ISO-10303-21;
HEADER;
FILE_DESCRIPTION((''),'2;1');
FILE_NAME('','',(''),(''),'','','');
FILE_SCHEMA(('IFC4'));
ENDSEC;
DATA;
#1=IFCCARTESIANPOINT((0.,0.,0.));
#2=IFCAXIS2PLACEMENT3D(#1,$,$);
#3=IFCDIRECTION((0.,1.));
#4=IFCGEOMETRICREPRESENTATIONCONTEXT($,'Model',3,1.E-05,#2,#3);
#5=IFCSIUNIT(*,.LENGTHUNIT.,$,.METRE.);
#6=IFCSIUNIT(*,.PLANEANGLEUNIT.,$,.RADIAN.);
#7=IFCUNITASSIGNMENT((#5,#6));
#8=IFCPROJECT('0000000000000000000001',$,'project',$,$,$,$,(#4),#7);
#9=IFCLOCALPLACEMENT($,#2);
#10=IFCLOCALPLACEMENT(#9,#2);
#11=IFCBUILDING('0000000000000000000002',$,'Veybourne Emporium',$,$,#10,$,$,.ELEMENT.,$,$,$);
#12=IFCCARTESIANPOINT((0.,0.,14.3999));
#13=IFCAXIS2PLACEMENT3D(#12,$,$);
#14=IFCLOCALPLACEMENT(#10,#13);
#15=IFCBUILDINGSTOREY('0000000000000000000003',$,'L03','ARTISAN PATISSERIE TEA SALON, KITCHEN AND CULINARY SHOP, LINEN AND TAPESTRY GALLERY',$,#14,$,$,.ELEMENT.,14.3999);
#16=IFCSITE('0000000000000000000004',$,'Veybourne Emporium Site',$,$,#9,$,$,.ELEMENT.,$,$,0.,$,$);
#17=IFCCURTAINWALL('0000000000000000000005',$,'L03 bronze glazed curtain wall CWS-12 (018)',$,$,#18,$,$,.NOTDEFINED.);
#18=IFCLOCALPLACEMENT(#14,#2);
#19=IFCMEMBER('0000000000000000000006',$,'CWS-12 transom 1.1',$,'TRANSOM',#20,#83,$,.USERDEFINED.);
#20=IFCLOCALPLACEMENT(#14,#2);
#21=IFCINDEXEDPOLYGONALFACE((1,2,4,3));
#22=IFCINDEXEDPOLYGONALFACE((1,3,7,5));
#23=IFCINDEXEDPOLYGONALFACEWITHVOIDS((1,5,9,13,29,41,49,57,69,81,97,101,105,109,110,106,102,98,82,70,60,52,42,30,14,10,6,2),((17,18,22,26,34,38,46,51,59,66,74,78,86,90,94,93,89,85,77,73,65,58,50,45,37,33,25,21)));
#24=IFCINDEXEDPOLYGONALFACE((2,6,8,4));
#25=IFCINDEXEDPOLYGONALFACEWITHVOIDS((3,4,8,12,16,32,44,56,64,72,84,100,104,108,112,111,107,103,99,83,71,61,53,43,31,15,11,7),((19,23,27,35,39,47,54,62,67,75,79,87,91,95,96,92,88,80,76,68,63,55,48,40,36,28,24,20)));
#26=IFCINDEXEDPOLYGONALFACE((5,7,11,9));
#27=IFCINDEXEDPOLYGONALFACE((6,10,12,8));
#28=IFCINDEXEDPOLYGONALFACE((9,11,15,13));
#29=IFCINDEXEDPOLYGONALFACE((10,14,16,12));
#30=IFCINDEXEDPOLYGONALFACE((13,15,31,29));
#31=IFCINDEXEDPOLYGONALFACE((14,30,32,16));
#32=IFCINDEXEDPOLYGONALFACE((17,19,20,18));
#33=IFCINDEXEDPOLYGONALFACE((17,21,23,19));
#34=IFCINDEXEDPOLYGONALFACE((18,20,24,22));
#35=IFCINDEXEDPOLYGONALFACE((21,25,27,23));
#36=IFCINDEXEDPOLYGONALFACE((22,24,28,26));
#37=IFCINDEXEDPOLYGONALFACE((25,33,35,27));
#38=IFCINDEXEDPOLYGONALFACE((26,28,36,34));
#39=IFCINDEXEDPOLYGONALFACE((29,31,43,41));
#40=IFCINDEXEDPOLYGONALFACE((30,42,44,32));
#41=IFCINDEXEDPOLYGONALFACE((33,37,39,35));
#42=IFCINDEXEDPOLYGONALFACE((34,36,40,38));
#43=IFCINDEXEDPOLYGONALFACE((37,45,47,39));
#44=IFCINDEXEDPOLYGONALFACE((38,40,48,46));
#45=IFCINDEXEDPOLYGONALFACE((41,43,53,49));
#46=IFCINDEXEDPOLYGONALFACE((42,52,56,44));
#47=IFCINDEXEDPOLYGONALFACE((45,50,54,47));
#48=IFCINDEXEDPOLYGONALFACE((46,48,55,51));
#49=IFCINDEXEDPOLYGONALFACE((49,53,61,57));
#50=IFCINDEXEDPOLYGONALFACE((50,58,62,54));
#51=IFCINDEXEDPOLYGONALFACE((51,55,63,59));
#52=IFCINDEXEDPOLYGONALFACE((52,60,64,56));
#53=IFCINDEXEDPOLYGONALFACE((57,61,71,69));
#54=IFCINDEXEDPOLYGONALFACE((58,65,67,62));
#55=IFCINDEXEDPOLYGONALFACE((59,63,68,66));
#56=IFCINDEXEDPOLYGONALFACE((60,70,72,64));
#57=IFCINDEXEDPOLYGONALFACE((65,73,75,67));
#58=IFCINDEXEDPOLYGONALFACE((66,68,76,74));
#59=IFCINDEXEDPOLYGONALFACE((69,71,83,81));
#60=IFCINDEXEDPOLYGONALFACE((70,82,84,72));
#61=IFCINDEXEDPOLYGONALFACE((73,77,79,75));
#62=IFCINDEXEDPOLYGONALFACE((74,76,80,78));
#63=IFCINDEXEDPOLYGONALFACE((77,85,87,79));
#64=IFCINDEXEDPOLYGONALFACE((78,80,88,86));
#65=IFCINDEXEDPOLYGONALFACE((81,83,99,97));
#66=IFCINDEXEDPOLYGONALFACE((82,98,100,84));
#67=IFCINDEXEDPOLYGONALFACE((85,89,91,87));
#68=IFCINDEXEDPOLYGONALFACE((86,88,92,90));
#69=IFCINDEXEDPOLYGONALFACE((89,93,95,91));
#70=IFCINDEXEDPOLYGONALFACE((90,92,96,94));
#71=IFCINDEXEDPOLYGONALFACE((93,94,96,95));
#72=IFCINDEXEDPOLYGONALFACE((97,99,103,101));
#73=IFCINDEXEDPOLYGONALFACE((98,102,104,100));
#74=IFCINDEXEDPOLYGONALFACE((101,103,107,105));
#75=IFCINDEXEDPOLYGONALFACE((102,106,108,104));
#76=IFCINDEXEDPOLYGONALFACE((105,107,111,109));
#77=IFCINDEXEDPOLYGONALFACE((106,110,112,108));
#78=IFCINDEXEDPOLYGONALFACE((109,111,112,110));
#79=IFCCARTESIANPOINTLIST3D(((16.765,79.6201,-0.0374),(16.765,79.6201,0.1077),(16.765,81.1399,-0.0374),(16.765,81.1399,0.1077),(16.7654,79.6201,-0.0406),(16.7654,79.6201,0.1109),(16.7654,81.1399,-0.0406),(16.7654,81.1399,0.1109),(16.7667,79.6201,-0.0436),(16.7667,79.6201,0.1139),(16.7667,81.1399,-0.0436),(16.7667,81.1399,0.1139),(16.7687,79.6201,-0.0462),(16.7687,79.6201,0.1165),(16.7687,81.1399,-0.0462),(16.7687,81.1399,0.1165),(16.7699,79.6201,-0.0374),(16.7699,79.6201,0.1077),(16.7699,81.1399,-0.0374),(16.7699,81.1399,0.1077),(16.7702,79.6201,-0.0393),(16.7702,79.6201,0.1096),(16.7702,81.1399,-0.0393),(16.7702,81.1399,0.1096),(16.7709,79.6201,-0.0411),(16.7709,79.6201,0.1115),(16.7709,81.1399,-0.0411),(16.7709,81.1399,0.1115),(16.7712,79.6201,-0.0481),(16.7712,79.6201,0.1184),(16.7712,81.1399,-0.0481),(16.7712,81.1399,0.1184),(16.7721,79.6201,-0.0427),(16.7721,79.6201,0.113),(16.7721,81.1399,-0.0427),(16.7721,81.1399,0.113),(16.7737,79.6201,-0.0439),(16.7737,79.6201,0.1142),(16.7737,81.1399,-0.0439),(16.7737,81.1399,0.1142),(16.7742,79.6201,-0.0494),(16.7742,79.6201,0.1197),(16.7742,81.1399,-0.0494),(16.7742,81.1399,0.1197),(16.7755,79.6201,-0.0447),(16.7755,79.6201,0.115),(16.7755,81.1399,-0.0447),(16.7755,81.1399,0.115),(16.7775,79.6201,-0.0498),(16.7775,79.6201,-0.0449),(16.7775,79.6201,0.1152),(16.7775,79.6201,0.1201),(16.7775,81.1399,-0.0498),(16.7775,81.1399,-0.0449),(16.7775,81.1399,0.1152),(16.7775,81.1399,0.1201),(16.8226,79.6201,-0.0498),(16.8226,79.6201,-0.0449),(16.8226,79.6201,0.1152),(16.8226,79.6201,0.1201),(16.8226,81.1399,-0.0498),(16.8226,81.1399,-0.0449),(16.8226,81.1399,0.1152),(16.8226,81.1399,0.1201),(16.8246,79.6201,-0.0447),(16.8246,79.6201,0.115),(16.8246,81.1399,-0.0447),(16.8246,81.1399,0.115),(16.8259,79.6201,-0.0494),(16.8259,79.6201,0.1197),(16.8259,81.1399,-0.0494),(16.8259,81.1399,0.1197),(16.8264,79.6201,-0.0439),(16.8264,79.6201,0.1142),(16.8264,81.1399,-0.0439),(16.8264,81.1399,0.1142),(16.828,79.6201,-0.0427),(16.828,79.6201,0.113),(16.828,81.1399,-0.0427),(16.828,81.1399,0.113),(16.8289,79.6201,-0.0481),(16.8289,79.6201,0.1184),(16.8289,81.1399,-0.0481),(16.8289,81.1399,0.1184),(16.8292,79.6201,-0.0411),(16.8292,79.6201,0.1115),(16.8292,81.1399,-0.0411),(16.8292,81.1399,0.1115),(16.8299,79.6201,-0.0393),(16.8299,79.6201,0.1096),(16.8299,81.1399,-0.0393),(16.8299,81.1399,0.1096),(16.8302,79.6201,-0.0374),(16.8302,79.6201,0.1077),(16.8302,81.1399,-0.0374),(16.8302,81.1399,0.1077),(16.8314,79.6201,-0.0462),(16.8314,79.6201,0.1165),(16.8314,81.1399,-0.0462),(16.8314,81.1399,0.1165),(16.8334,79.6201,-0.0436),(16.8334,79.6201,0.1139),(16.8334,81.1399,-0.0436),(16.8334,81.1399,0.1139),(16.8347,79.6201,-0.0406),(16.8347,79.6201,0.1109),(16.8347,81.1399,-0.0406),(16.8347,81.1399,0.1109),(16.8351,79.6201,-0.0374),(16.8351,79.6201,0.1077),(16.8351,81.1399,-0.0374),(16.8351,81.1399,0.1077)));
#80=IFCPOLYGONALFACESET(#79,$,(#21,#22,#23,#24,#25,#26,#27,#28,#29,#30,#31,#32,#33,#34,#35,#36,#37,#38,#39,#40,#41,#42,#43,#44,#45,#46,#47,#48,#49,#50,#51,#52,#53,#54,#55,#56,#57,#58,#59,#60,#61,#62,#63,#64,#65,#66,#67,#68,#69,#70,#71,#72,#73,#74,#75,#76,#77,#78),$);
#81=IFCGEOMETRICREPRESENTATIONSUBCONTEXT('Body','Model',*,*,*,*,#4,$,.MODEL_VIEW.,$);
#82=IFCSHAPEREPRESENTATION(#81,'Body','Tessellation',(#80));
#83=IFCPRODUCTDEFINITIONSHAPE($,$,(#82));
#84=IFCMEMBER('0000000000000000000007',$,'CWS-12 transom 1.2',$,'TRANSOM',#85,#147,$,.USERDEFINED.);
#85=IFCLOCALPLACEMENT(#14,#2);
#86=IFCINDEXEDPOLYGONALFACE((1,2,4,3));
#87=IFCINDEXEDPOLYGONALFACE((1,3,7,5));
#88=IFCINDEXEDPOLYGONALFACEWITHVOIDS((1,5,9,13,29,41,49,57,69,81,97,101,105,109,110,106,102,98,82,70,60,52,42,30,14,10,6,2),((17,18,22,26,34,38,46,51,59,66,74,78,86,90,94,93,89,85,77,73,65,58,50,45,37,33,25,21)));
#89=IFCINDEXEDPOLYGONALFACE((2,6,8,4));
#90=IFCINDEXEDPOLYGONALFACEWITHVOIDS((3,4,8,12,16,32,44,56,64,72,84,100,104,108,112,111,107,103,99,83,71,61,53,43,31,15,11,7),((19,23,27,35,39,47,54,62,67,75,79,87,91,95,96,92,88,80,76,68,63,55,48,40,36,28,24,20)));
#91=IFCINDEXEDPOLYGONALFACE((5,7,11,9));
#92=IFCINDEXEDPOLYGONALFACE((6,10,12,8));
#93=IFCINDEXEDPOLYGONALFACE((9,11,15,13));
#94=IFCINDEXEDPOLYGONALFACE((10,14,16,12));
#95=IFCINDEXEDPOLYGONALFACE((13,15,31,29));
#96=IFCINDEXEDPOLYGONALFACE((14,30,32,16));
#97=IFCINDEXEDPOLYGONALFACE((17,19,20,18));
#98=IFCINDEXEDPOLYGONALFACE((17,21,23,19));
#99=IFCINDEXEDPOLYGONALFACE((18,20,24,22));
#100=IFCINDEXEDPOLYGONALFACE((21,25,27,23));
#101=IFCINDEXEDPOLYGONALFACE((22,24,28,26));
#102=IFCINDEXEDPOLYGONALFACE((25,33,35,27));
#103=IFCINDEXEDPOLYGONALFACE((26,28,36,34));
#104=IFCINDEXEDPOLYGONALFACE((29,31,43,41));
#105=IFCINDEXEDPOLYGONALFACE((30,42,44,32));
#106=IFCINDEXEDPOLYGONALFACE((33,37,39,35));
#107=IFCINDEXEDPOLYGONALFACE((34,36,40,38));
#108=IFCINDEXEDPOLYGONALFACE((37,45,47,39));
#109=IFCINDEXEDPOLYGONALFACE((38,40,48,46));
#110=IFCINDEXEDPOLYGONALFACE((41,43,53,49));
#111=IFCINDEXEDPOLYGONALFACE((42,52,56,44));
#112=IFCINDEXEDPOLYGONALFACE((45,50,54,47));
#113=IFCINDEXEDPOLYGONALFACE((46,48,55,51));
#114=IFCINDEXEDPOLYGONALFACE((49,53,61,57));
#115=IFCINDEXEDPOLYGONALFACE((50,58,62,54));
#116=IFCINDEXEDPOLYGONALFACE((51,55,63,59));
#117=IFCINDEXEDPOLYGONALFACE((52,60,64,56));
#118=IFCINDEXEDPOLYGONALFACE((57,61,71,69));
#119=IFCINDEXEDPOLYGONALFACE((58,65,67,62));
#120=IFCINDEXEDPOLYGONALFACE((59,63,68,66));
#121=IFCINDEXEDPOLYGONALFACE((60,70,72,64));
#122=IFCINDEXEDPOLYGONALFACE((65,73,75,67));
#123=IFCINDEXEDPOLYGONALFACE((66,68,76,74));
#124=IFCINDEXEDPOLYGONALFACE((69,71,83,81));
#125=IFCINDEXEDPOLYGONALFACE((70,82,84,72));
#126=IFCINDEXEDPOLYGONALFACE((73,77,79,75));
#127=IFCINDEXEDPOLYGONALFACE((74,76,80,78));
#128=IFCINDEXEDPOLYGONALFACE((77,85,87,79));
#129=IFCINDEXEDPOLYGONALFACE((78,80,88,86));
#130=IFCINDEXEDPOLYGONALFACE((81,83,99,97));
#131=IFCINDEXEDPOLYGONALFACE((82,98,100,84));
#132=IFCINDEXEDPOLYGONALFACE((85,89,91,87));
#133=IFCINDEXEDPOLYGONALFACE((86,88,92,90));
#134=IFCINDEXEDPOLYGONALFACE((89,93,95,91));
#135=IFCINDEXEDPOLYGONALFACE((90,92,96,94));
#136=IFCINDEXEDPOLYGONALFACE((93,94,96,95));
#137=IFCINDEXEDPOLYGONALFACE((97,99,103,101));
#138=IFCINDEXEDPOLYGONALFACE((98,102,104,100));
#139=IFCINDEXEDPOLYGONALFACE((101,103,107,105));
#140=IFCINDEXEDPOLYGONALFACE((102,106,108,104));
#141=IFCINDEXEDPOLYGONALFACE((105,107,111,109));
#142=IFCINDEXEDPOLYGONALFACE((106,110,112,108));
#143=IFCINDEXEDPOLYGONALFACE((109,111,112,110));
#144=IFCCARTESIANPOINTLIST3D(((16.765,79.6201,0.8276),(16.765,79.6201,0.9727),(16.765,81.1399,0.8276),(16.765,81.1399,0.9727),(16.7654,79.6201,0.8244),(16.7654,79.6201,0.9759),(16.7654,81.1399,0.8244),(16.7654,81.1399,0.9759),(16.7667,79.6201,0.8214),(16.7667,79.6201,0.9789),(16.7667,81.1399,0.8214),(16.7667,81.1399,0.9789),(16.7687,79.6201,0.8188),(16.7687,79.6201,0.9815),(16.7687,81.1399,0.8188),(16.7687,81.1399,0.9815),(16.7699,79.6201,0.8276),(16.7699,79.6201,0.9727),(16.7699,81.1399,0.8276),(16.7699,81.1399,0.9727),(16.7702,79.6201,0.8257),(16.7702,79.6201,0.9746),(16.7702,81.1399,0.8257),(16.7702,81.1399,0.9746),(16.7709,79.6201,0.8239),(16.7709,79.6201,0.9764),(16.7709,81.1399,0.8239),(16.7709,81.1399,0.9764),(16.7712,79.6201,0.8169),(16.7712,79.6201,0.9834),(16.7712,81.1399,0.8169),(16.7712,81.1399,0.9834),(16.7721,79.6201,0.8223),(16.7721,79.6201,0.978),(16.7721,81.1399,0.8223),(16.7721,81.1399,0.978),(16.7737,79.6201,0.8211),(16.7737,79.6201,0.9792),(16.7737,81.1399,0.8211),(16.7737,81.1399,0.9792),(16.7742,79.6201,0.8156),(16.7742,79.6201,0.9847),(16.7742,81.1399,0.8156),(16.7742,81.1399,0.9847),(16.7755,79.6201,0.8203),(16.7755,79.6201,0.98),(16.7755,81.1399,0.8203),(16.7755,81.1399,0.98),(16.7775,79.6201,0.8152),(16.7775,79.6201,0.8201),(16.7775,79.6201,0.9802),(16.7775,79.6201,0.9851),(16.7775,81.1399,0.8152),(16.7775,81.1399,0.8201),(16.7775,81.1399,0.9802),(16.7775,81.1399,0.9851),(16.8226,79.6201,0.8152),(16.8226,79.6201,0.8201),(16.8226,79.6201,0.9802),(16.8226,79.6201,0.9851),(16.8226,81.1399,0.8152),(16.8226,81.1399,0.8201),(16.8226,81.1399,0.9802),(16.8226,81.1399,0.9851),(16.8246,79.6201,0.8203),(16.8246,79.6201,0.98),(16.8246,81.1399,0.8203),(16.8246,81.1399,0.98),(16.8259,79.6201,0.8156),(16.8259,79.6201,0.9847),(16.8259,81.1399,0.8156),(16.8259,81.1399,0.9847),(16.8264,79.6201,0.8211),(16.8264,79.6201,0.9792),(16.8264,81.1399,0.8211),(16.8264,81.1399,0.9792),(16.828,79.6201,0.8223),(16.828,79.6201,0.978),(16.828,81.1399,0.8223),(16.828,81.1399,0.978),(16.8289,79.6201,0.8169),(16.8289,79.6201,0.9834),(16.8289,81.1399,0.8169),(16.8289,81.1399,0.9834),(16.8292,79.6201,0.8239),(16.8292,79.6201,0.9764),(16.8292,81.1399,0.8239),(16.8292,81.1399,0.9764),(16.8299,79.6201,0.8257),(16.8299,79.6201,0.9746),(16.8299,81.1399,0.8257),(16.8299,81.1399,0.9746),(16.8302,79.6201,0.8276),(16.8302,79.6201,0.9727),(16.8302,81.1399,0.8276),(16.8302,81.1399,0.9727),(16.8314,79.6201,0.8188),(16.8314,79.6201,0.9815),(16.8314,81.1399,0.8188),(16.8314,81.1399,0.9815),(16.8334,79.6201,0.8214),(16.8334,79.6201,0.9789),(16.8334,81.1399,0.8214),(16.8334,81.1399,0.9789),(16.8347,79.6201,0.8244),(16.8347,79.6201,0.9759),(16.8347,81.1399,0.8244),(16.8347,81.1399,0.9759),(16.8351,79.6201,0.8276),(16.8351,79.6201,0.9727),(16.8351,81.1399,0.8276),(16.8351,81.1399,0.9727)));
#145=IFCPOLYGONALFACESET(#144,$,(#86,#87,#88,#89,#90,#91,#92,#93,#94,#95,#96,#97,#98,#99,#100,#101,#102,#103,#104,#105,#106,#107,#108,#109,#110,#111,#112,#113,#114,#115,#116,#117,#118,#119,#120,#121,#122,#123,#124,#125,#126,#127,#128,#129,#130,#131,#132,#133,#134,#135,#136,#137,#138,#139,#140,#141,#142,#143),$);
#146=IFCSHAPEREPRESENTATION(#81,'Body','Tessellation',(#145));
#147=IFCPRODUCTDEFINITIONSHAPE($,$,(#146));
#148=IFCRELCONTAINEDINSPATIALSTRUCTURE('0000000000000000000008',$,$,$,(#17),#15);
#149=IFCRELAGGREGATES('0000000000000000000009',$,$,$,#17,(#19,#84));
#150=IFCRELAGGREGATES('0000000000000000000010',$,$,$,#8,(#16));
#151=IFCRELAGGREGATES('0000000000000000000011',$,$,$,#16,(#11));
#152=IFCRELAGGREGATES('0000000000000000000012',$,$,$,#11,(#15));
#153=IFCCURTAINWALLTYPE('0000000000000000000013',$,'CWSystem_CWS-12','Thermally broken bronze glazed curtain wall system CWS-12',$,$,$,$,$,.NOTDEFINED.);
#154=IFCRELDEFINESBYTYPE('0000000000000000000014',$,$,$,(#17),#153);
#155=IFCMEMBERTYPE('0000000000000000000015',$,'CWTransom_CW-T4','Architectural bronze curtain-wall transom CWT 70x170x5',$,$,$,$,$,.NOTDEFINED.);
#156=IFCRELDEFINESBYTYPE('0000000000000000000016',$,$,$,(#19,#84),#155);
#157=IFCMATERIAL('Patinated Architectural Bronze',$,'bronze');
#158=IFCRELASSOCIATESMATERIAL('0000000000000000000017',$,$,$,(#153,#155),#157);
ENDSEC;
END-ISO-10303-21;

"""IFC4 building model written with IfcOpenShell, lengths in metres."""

from ifc_helpers import new_model, si_unit, direction, frame, origin, origin_2d, place, context, subcontext, project, spatial, hollow_rectangle, extrude, material, material_profile, profile_set, type_object, element, aggregate, save


model = new_model("IFC4")

# Units and contexts
model_context = context("Model", 3, precision=1e-05, world=origin(), true_north=direction((0.0, 1.0)))
body_context = subcontext(model_context, "Body", "Model", "MODEL_VIEW")
ifc_project = project(units=[si_unit("LENGTHUNIT", "METRE"), si_unit("PLANEANGLEUNIT", "RADIAN")], contexts=[model_context])

# Site, building, storey
site_placement = place(None, origin())
site = spatial("IfcSite", under=ifc_project, at=site_placement, Name="Veybourne Emporium Site", CompositionType="ELEMENT", RefElevation=0.0)
building_placement = place(site_placement, origin())
building = spatial("IfcBuilding", under=site, at=building_placement, Name="Veybourne Emporium", CompositionType="ELEMENT")
storey_placement = place(building_placement, frame((0.0, 0.0, 14.3999)))
storey = spatial("IfcBuildingStorey", under=building, at=storey_placement, Name="L03", Description="ARTISAN PATISSERIE TEA SALON, KITCHEN AND CULINARY SHOP, LINEN AND TAPESTRY GALLERY", CompositionType="ELEMENT", Elevation=14.3999)

# Shared definitions
ifc_material_1 = material(Name="Patinated Architectural Bronze", Category="bronze")

# Curtain wall
curtain_wall_type_1 = type_object("IfcCurtainWallType", Name="CWSystem_CWS-12", Description="Thermally broken bronze glazed curtain wall system CWS-12", PredefinedType="NOTDEFINED", material=ifc_material_1)
curtain_wall_1_placement = place(storey_placement, origin())
curtain_wall_1 = element("IfcCurtainWall", 1, at=curtain_wall_1_placement, inside=storey, type_object=curtain_wall_type_1, Name="L03 bronze glazed curtain wall CWS-12 (018)", PredefinedType="NOTDEFINED")

# Members
ifc_material_profile_1 = material_profile(ifc_material_1, hollow_rectangle(XDim=0.0701, YDim=0.1699, WallThickness=0.0049, InnerFilletRadius=0.0076, OuterFilletRadius=0.0125, at=origin_2d()), Name="CWT 70x170x5")
ifc_profile_set_1 = profile_set([ifc_material_profile_1], Name="Patinated Architectural Bronze")
member_type_1 = type_object("IfcMemberType", Name="CWTransom_CW-T4", Description="Architectural bronze curtain-wall transom CWT 70x170x5", PredefinedType="NOTDEFINED", material=ifc_profile_set_1)
member_1_placement = place(storey_placement, frame((16.8, 79.6201, 0.0352), z_axis=(0.0, 1.0, 0.0), x_axis=(-1.0, 0.0, 0.0)))
member_1 = element("IfcMember", 2, at=member_1_placement, type_object=member_type_1, Name="CWS-12 transom 1.1", ObjectType="TRANSOM", PredefinedType="USERDEFINED", context=body_context, shape_type="SweptSolid", body=[
    extrude(hollow_rectangle(XDim=0.0701, YDim=0.1699, WallThickness=0.0049, InnerFilletRadius=0.0076, OuterFilletRadius=0.0125, at=origin_2d()), origin(), (0.0, 0.0, 1.0), 1.5198),
])
member_2_placement = place(storey_placement, frame((16.8, 79.6201, 0.9001), z_axis=(0.0, 1.0, 0.0), x_axis=(-1.0, 0.0, 0.0)))
member_2 = element("IfcMember", 3, at=member_2_placement, type_object=member_type_1, Name="CWS-12 transom 1.2", ObjectType="TRANSOM", PredefinedType="USERDEFINED", context=body_context, shape_type="SweptSolid", body=[
    extrude(hollow_rectangle(XDim=0.0701, YDim=0.1699, WallThickness=0.0049, InnerFilletRadius=0.0076, OuterFilletRadius=0.0125, at=origin_2d()), origin(), (0.0, 0.0, 1.0), 1.5198),
])
aggregate(curtain_wall_1, [member_1, member_2])

save(model, "model.ifc")
